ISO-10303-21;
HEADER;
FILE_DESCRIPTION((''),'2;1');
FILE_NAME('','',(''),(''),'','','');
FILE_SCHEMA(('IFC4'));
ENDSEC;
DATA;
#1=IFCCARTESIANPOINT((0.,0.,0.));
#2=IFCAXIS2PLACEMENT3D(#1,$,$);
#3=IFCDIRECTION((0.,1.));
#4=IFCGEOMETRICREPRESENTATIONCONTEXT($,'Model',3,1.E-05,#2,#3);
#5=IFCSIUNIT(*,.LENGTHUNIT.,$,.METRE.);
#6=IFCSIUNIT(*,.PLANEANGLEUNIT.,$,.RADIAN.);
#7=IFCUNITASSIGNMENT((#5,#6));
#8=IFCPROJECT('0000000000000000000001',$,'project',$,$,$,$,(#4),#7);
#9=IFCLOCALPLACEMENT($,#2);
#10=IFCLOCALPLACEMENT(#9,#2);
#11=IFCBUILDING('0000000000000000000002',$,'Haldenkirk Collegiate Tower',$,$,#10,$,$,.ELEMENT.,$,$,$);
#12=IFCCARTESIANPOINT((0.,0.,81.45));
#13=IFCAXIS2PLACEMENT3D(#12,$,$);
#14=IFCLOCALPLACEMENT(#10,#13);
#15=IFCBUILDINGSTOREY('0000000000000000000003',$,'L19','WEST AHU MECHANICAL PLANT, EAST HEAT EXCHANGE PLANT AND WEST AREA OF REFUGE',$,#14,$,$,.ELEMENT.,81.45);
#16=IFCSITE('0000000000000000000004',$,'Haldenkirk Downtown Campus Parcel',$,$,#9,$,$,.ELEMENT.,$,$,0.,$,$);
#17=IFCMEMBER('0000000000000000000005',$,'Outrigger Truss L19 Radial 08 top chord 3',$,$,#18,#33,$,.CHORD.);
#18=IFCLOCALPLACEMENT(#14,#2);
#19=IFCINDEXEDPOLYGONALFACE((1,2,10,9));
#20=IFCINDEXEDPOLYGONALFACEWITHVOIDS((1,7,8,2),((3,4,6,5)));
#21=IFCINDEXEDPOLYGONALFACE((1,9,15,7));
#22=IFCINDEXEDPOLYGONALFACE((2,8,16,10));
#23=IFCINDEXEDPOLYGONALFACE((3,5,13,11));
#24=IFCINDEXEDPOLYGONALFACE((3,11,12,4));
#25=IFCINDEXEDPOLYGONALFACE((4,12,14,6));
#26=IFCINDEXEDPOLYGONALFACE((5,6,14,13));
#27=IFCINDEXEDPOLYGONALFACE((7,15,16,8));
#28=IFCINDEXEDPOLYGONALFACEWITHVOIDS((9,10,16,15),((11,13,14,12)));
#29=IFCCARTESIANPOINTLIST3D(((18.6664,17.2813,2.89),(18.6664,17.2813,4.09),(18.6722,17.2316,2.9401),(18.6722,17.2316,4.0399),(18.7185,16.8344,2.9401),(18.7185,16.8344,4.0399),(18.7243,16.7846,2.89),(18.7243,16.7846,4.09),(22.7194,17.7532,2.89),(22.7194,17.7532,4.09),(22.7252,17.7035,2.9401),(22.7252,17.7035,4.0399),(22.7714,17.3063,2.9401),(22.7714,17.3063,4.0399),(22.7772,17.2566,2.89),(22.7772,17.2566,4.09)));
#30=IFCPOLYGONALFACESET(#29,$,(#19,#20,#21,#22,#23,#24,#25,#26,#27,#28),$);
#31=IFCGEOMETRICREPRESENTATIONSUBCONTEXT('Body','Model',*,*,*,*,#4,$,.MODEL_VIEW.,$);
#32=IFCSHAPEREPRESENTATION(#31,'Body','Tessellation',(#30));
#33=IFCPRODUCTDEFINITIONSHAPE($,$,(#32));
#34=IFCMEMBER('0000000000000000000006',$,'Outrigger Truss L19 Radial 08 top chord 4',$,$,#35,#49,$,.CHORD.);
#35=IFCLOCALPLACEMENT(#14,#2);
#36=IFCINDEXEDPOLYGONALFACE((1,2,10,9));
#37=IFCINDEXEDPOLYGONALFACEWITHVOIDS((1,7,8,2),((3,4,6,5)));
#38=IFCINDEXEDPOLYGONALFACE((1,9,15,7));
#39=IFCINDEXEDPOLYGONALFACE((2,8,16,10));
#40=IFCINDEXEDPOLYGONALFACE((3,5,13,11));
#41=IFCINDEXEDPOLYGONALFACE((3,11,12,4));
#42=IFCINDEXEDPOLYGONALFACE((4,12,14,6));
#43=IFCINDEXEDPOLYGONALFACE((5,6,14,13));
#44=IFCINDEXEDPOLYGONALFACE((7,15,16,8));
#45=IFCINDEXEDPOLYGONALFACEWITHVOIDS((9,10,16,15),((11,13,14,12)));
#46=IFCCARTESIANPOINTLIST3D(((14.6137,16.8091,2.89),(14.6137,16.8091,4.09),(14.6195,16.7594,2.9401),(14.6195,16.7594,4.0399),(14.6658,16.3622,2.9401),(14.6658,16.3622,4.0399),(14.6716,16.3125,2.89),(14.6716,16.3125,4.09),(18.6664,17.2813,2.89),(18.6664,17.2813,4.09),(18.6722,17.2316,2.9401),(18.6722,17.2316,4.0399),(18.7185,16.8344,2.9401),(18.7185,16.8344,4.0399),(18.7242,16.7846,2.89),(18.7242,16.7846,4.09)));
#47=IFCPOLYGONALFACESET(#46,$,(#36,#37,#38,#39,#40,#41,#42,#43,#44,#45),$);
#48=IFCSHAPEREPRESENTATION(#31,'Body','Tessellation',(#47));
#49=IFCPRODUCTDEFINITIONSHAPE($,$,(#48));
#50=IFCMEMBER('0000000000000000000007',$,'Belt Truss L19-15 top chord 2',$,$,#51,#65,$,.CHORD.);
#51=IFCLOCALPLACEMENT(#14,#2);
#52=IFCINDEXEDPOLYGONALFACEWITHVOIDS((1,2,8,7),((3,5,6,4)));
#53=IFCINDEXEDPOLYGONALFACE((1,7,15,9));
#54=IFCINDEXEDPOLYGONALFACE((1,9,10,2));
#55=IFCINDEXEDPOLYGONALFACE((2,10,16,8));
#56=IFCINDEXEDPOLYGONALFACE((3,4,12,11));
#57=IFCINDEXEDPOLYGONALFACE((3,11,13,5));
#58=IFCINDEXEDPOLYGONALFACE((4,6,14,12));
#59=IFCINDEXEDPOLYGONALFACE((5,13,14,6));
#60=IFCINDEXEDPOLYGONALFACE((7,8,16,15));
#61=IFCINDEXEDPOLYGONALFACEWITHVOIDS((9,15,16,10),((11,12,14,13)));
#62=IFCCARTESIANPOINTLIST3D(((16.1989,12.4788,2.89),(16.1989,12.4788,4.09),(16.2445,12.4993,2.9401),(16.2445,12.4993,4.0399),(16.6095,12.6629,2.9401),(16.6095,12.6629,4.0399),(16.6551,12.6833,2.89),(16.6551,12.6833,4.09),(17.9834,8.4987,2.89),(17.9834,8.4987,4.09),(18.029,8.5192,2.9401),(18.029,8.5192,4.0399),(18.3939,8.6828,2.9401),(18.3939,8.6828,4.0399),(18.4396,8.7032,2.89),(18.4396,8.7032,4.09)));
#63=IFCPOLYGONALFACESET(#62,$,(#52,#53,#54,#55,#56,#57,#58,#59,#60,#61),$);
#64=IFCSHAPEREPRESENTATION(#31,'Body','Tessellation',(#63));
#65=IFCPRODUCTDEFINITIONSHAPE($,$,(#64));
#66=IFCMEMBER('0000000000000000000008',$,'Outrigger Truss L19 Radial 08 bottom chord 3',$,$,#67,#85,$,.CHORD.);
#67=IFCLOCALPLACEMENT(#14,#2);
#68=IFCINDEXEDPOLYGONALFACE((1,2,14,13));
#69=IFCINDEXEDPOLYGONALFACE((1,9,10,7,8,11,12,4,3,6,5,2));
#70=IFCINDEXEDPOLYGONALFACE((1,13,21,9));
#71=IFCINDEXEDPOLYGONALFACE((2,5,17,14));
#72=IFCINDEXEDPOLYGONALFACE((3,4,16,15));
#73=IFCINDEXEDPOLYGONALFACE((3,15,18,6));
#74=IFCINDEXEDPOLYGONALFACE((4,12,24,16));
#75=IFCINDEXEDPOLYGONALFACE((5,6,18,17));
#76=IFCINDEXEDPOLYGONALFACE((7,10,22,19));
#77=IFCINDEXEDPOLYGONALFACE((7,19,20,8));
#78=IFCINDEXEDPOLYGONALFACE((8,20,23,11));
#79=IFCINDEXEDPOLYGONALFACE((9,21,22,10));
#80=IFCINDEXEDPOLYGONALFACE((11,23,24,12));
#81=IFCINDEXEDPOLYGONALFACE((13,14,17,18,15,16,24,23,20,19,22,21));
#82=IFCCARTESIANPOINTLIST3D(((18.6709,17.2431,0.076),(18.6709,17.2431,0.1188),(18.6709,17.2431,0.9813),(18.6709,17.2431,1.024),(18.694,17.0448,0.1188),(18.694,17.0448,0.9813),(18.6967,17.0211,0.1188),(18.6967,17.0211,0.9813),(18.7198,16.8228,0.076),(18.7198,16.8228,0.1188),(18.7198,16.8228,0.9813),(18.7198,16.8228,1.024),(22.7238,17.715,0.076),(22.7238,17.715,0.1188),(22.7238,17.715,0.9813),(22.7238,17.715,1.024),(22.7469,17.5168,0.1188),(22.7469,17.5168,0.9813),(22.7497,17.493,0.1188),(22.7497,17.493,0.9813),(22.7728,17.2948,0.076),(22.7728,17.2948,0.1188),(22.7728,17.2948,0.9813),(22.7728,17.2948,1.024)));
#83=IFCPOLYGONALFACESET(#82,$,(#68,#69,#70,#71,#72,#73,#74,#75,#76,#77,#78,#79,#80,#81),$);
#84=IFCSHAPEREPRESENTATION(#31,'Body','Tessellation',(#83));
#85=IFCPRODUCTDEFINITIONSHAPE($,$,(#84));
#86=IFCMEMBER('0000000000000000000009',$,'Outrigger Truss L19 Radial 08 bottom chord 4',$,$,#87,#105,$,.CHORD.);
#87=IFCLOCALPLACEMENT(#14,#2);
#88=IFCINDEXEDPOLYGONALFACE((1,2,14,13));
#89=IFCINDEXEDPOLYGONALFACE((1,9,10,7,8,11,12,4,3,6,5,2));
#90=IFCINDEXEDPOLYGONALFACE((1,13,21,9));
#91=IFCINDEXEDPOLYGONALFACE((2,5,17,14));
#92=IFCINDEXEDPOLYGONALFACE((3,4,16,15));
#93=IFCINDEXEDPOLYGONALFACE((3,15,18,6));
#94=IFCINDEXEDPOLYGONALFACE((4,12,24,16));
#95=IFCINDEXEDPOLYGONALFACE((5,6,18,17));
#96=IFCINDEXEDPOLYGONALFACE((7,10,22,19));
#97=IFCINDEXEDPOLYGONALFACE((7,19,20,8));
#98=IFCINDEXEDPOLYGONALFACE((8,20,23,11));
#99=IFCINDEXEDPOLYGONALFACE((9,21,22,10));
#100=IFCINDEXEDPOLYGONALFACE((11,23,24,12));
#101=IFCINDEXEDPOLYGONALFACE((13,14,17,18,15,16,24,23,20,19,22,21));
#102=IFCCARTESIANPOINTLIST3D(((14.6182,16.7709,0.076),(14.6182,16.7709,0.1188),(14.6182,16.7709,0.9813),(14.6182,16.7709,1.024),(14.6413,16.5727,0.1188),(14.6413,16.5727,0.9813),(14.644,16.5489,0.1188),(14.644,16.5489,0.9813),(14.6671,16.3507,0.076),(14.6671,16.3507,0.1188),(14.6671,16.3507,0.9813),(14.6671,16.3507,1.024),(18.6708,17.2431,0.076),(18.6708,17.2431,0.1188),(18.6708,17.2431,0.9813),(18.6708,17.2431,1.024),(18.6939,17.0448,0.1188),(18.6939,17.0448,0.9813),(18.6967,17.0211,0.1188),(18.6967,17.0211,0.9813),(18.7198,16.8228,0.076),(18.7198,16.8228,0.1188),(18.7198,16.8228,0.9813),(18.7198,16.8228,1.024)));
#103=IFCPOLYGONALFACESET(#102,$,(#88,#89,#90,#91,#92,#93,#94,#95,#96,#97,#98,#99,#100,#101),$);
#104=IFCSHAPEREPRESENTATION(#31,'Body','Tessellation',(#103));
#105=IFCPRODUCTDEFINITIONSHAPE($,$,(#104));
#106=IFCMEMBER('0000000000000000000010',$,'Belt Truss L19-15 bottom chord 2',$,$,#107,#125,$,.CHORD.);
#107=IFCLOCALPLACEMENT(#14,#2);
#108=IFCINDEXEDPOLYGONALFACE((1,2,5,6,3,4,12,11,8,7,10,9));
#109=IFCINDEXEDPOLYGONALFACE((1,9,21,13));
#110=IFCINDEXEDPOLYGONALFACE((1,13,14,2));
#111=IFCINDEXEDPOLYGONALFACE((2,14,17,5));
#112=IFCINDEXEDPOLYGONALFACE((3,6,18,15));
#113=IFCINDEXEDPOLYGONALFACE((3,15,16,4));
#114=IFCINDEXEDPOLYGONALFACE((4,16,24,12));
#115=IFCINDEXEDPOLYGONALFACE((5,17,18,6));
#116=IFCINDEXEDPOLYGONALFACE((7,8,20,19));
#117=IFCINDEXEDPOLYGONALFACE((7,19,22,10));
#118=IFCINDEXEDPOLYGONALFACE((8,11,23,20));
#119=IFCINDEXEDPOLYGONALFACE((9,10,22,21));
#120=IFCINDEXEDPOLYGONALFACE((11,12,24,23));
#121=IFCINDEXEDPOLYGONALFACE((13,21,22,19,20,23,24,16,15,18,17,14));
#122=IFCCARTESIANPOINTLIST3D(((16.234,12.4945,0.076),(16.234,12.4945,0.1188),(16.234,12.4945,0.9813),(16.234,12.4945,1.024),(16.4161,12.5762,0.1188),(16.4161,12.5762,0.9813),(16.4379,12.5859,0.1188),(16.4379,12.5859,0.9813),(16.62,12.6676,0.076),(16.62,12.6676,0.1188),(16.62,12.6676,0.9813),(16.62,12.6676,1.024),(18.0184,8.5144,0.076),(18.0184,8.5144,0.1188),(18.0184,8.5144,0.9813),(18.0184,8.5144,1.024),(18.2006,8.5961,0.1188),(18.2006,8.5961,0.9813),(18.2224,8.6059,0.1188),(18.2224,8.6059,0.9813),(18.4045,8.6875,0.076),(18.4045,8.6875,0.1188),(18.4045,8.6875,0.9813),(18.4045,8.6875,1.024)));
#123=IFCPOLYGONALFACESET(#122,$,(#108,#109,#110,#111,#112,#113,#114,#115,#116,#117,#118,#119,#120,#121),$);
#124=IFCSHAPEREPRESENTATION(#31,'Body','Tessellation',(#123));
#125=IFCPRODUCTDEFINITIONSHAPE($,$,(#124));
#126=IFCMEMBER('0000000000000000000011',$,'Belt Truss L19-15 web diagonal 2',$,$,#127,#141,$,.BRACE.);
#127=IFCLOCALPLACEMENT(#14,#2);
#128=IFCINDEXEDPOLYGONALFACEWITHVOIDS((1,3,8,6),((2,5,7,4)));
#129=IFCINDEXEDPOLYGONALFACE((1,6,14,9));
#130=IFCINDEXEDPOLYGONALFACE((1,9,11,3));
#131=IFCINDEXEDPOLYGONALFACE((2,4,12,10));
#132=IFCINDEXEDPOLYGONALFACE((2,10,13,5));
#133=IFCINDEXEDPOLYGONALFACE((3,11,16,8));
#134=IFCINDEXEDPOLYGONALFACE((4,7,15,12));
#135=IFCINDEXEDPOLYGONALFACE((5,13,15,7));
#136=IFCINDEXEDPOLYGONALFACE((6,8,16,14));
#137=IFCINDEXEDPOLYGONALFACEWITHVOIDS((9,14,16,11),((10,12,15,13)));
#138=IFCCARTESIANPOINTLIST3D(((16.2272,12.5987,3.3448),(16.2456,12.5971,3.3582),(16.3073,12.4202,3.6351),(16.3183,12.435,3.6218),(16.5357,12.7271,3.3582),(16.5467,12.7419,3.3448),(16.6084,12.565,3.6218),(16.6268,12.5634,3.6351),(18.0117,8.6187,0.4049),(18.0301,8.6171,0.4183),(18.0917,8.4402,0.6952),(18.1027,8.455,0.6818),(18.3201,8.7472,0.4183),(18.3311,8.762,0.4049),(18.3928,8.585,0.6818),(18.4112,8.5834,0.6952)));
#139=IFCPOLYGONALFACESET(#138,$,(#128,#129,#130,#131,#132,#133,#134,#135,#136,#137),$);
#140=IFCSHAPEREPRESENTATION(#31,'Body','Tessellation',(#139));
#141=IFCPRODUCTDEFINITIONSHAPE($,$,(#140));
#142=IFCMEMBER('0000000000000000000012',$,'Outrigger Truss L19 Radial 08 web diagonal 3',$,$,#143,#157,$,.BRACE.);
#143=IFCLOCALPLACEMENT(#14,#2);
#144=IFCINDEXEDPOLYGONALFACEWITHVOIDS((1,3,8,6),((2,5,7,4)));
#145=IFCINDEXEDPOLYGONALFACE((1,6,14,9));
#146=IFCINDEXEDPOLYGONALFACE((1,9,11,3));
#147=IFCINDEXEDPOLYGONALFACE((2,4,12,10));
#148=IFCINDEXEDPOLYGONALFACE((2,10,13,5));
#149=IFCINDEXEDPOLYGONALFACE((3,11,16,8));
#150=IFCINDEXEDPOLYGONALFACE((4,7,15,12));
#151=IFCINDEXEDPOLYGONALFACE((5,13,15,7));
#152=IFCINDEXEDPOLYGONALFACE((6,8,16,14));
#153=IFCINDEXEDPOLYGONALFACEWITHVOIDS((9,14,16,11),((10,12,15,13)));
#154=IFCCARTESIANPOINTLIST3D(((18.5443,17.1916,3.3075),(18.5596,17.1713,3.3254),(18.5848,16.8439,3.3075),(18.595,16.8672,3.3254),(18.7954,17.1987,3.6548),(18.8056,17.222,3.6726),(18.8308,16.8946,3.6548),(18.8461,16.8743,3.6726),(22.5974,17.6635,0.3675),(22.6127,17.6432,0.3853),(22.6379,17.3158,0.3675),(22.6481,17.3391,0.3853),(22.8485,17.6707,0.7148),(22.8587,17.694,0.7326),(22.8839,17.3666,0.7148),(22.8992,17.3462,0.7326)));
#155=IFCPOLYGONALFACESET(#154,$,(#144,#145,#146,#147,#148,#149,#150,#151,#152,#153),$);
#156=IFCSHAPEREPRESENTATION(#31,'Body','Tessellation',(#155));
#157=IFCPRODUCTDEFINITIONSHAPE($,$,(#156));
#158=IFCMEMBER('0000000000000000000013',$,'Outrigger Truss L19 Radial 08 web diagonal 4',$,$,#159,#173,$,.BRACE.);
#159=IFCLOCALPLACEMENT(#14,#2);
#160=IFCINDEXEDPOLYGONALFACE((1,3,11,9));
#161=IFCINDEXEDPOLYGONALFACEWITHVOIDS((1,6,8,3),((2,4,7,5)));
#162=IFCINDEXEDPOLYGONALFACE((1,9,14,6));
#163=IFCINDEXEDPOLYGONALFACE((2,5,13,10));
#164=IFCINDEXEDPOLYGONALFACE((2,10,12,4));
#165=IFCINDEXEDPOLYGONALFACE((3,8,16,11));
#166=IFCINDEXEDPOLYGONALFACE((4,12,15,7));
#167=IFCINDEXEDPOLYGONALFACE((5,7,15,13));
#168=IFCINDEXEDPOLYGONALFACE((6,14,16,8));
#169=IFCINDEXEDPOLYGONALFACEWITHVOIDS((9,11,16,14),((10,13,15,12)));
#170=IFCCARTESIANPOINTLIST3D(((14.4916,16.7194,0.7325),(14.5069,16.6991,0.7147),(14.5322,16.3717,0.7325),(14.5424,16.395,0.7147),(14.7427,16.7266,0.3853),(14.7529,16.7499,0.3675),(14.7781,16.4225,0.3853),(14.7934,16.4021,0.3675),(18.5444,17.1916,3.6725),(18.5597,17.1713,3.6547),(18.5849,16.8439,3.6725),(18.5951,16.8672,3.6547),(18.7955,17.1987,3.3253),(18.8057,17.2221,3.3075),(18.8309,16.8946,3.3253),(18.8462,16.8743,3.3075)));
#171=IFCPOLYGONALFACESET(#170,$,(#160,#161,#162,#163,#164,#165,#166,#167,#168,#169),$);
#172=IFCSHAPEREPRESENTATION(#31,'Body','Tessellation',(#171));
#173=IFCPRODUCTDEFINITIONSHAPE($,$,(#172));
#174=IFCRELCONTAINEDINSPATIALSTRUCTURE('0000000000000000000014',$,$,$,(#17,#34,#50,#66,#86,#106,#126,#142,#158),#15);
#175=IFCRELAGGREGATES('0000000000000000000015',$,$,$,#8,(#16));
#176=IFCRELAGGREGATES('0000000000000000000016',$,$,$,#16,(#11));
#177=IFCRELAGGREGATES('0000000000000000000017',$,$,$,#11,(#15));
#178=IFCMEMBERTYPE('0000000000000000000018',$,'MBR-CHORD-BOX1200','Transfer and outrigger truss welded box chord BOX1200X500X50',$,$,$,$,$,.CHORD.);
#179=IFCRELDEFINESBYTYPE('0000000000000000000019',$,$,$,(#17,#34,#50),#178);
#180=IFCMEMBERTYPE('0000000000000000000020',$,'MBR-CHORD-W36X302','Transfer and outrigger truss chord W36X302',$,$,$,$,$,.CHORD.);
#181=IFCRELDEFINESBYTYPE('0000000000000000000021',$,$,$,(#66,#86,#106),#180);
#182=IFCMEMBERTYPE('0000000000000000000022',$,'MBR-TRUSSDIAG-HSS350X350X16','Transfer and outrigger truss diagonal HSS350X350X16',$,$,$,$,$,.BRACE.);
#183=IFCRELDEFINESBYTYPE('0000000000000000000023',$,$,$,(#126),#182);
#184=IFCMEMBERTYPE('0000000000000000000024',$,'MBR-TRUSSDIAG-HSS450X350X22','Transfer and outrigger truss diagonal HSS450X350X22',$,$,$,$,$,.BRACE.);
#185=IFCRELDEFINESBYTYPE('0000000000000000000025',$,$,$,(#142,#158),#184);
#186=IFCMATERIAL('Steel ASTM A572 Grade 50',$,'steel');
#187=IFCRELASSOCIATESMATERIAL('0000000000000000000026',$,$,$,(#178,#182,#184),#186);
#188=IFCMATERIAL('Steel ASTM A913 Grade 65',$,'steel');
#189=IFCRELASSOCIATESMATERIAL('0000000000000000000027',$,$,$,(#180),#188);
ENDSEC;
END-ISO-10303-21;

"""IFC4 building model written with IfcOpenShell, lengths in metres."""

from ifc_helpers import new_model, si_unit, direction, frame, origin, origin_2d, place, context, subcontext, project, spatial, hollow_rectangle, i_section, extrude, material, material_profile, profile_set, type_object, element, save


model = new_model("IFC4")

# Units and contexts
model_context = context("Model", 3, precision=1e-05, world=origin(), true_north=direction((0.0, 1.0)))
body_context = subcontext(model_context, "Body", "Model", "MODEL_VIEW")
ifc_project = project(units=[si_unit("LENGTHUNIT", "METRE"), si_unit("PLANEANGLEUNIT", "RADIAN")], contexts=[model_context])

# Site, building, storey
site_placement = place(None, origin())
site = spatial("IfcSite", under=ifc_project, at=site_placement, Name="Haldenkirk Downtown Campus Parcel", CompositionType="ELEMENT", RefElevation=0.0)
building_placement = place(site_placement, origin())
building = spatial("IfcBuilding", under=site, at=building_placement, Name="Haldenkirk Collegiate Tower", CompositionType="ELEMENT")
storey_placement = place(building_placement, frame((0.0, 0.0, 81.45)))
storey = spatial("IfcBuildingStorey", under=building, at=storey_placement, Name="L19", Description="WEST AHU MECHANICAL PLANT, EAST HEAT EXCHANGE PLANT AND WEST AREA OF REFUGE", CompositionType="ELEMENT", Elevation=81.45)

# Members
ifc_material_1 = material(Name="Steel ASTM A572 Grade 50", Category="steel")
ifc_material_profile_1 = material_profile(ifc_material_1, hollow_rectangle(XDim=0.5, YDim=1.2, WallThickness=0.05, at=origin_2d()), Name="BOX1200X500X50")
ifc_profile_set_1 = profile_set([ifc_material_profile_1], Name="Steel ASTM A572 Grade 50")
member_type_1 = type_object("IfcMemberType", Name="MBR-CHORD-BOX1200", Description="Transfer and outrigger truss welded box chord BOX1200X500X50", PredefinedType="CHORD", material=ifc_profile_set_1)
member_1_placement = place(storey_placement, frame((22.7483, 17.5049, 3.49), z_axis=(-0.993289, -0.115657, 0.0), x_axis=(0.115657, -0.993289, 0.0)))
element("IfcMember", 1, at=member_1_placement, inside=storey, type_object=member_type_1, Name="Outrigger Truss L19 Radial 08 top chord 3", PredefinedType="CHORD", context=body_context, shape_type="SweptSolid", body=[
    extrude(hollow_rectangle(XDim=0.5, YDim=1.2, WallThickness=0.05, at=origin_2d()), origin(), (0.0, 0.0, 1.0), 4.0803),
])
member_2_placement = place(storey_placement, frame((18.6953, 17.033, 3.49), z_axis=(-0.993281, -0.115723, 0.0), x_axis=(0.115723, -0.993281, 0.0)))
element("IfcMember", 2, at=member_2_placement, inside=storey, type_object=member_type_1, Name="Outrigger Truss L19 Radial 08 top chord 4", PredefinedType="CHORD", context=body_context, shape_type="SweptSolid", body=[
    extrude(hollow_rectangle(XDim=0.5, YDim=1.2, WallThickness=0.05, at=origin_2d()), origin(), (0.0, 0.0, 1.0), 4.0801),
])
member_3_placement = place(storey_placement, frame((16.427, 12.5811, 3.49), z_axis=(0.409112, -0.912484, 0.0), x_axis=(0.912484, 0.409112, 0.0)))
element("IfcMember", 3, at=member_3_placement, inside=storey, type_object=member_type_1, Name="Belt Truss L19-15 top chord 2", PredefinedType="CHORD", context=body_context, shape_type="SweptSolid", body=[
    extrude(hollow_rectangle(XDim=0.5, YDim=1.2, WallThickness=0.05, at=origin_2d()), origin(), (0.0, 0.0, 1.0), 4.3618),
])
ifc_material_2 = material(Name="Steel ASTM A913 Grade 65", Category="steel")
ifc_material_profile_2 = material_profile(ifc_material_2, i_section(OverallWidth=0.4231, OverallDepth=0.948, WebThickness=0.0239, FlangeThickness=0.0427, at=origin_2d()), Name="W36X302")
ifc_profile_set_2 = profile_set([ifc_material_profile_2], Name="Steel ASTM A913 Grade 65")
member_type_2 = type_object("IfcMemberType", Name="MBR-CHORD-W36X302", Description="Transfer and outrigger truss chord W36X302", PredefinedType="CHORD", material=ifc_profile_set_2)
member_4_placement = place(storey_placement, frame((22.7483, 17.5049, 0.55), z_axis=(-0.993289, -0.115657, 0.0), x_axis=(0.115657, -0.993289, 0.0)))
element("IfcMember", 4, at=member_4_placement, inside=storey, type_object=member_type_2, Name="Outrigger Truss L19 Radial 08 bottom chord 3", PredefinedType="CHORD", context=body_context, shape_type="SweptSolid", body=[
    extrude(i_section(OverallWidth=0.4231, OverallDepth=0.948, WebThickness=0.0239, FlangeThickness=0.0427, at=origin_2d()), origin(), (0.0, 0.0, 1.0), 4.0803),
])
member_5_placement = place(storey_placement, frame((18.6953, 17.033, 0.55), z_axis=(-0.993281, -0.115723, 0.0), x_axis=(0.115723, -0.993281, 0.0)))
element("IfcMember", 5, at=member_5_placement, inside=storey, type_object=member_type_2, Name="Outrigger Truss L19 Radial 08 bottom chord 4", PredefinedType="CHORD", context=body_context, shape_type="SweptSolid", body=[
    extrude(i_section(OverallWidth=0.4231, OverallDepth=0.948, WebThickness=0.0239, FlangeThickness=0.0427, at=origin_2d()), origin(), (0.0, 0.0, 1.0), 4.0801),
])
member_6_placement = place(storey_placement, frame((16.427, 12.5811, 0.55), z_axis=(0.409112, -0.912484, 0.0), x_axis=(0.912484, 0.409112, 0.0)))
element("IfcMember", 6, at=member_6_placement, inside=storey, type_object=member_type_2, Name="Belt Truss L19-15 bottom chord 2", PredefinedType="CHORD", context=body_context, shape_type="SweptSolid", body=[
    extrude(i_section(OverallWidth=0.4231, OverallDepth=0.948, WebThickness=0.0239, FlangeThickness=0.0427, at=origin_2d()), origin(), (0.0, 0.0, 1.0), 4.3618),
])
ifc_material_profile_3 = material_profile(ifc_material_1, hollow_rectangle(XDim=0.3501, YDim=0.3501, WallThickness=0.0161, at=origin_2d()), Name="HSS350X350X16")
ifc_profile_set_3 = profile_set([ifc_material_profile_3], Name="Steel ASTM A572 Grade 50")
member_type_3 = type_object("IfcMemberType", Name="MBR-TRUSSDIAG-HSS350X350X16", Description="Transfer and outrigger truss diagonal HSS350X350X16", PredefinedType="BRACE", material=ifc_profile_set_3)
member_7_placement = place(storey_placement, frame((16.427, 12.5811, 3.49), z_axis=(0.339244, -0.756649, -0.558924), x_axis=(0.912484, 0.409112, 0.0)))
element("IfcMember", 7, at=member_7_placement, inside=storey, type_object=member_type_3, Name="Belt Truss L19-15 web diagonal 2", PredefinedType="BRACE", context=body_context, shape_type="SweptSolid", body=[
    extrude(hollow_rectangle(XDim=0.3501, YDim=0.3501, WallThickness=0.0161, at=origin_2d()), origin(), (0.0, 0.0, 1.0), 5.26),
])
ifc_material_profile_4 = material_profile(ifc_material_1, hollow_rectangle(XDim=0.3501, YDim=0.45, WallThickness=0.022, at=origin_2d()), Name="HSS450X350X22")
ifc_profile_set_4 = profile_set([ifc_material_profile_4], Name="Steel ASTM A572 Grade 50")
member_type_4 = type_object("IfcMemberType", Name="MBR-TRUSSDIAG-HSS450X350X22", Description="Transfer and outrigger truss diagonal HSS450X350X22", PredefinedType="BRACE", material=ifc_profile_set_4)
member_8_placement = place(storey_placement, frame((22.7483, 17.5049, 0.55), z_axis=(-0.805893, -0.093837, 0.584577), x_axis=(0.115657, -0.993289, 0.0)))
element("IfcMember", 8, at=member_8_placement, inside=storey, type_object=member_type_4, Name="Outrigger Truss L19 Radial 08 web diagonal 3", PredefinedType="BRACE", context=body_context, shape_type="SweptSolid", body=[
    extrude(hollow_rectangle(XDim=0.3501, YDim=0.45, WallThickness=0.022, at=origin_2d()), origin(), (0.0, 0.0, 1.0), 5.0293),
])
member_9_placement = place(storey_placement, frame((18.6953, 17.033, 3.49), z_axis=(-0.805873, -0.093889, -0.584597), x_axis=(0.115723, -0.993281, 0.0)))
element("IfcMember", 9, at=member_9_placement, inside=storey, type_object=member_type_4, Name="Outrigger Truss L19 Radial 08 web diagonal 4", PredefinedType="BRACE", context=body_context, shape_type="SweptSolid", body=[
    extrude(hollow_rectangle(XDim=0.3501, YDim=0.45, WallThickness=0.022, at=origin_2d()), origin(), (0.0, 0.0, 1.0), 5.0291),
])

save(model, "model.ifc")
